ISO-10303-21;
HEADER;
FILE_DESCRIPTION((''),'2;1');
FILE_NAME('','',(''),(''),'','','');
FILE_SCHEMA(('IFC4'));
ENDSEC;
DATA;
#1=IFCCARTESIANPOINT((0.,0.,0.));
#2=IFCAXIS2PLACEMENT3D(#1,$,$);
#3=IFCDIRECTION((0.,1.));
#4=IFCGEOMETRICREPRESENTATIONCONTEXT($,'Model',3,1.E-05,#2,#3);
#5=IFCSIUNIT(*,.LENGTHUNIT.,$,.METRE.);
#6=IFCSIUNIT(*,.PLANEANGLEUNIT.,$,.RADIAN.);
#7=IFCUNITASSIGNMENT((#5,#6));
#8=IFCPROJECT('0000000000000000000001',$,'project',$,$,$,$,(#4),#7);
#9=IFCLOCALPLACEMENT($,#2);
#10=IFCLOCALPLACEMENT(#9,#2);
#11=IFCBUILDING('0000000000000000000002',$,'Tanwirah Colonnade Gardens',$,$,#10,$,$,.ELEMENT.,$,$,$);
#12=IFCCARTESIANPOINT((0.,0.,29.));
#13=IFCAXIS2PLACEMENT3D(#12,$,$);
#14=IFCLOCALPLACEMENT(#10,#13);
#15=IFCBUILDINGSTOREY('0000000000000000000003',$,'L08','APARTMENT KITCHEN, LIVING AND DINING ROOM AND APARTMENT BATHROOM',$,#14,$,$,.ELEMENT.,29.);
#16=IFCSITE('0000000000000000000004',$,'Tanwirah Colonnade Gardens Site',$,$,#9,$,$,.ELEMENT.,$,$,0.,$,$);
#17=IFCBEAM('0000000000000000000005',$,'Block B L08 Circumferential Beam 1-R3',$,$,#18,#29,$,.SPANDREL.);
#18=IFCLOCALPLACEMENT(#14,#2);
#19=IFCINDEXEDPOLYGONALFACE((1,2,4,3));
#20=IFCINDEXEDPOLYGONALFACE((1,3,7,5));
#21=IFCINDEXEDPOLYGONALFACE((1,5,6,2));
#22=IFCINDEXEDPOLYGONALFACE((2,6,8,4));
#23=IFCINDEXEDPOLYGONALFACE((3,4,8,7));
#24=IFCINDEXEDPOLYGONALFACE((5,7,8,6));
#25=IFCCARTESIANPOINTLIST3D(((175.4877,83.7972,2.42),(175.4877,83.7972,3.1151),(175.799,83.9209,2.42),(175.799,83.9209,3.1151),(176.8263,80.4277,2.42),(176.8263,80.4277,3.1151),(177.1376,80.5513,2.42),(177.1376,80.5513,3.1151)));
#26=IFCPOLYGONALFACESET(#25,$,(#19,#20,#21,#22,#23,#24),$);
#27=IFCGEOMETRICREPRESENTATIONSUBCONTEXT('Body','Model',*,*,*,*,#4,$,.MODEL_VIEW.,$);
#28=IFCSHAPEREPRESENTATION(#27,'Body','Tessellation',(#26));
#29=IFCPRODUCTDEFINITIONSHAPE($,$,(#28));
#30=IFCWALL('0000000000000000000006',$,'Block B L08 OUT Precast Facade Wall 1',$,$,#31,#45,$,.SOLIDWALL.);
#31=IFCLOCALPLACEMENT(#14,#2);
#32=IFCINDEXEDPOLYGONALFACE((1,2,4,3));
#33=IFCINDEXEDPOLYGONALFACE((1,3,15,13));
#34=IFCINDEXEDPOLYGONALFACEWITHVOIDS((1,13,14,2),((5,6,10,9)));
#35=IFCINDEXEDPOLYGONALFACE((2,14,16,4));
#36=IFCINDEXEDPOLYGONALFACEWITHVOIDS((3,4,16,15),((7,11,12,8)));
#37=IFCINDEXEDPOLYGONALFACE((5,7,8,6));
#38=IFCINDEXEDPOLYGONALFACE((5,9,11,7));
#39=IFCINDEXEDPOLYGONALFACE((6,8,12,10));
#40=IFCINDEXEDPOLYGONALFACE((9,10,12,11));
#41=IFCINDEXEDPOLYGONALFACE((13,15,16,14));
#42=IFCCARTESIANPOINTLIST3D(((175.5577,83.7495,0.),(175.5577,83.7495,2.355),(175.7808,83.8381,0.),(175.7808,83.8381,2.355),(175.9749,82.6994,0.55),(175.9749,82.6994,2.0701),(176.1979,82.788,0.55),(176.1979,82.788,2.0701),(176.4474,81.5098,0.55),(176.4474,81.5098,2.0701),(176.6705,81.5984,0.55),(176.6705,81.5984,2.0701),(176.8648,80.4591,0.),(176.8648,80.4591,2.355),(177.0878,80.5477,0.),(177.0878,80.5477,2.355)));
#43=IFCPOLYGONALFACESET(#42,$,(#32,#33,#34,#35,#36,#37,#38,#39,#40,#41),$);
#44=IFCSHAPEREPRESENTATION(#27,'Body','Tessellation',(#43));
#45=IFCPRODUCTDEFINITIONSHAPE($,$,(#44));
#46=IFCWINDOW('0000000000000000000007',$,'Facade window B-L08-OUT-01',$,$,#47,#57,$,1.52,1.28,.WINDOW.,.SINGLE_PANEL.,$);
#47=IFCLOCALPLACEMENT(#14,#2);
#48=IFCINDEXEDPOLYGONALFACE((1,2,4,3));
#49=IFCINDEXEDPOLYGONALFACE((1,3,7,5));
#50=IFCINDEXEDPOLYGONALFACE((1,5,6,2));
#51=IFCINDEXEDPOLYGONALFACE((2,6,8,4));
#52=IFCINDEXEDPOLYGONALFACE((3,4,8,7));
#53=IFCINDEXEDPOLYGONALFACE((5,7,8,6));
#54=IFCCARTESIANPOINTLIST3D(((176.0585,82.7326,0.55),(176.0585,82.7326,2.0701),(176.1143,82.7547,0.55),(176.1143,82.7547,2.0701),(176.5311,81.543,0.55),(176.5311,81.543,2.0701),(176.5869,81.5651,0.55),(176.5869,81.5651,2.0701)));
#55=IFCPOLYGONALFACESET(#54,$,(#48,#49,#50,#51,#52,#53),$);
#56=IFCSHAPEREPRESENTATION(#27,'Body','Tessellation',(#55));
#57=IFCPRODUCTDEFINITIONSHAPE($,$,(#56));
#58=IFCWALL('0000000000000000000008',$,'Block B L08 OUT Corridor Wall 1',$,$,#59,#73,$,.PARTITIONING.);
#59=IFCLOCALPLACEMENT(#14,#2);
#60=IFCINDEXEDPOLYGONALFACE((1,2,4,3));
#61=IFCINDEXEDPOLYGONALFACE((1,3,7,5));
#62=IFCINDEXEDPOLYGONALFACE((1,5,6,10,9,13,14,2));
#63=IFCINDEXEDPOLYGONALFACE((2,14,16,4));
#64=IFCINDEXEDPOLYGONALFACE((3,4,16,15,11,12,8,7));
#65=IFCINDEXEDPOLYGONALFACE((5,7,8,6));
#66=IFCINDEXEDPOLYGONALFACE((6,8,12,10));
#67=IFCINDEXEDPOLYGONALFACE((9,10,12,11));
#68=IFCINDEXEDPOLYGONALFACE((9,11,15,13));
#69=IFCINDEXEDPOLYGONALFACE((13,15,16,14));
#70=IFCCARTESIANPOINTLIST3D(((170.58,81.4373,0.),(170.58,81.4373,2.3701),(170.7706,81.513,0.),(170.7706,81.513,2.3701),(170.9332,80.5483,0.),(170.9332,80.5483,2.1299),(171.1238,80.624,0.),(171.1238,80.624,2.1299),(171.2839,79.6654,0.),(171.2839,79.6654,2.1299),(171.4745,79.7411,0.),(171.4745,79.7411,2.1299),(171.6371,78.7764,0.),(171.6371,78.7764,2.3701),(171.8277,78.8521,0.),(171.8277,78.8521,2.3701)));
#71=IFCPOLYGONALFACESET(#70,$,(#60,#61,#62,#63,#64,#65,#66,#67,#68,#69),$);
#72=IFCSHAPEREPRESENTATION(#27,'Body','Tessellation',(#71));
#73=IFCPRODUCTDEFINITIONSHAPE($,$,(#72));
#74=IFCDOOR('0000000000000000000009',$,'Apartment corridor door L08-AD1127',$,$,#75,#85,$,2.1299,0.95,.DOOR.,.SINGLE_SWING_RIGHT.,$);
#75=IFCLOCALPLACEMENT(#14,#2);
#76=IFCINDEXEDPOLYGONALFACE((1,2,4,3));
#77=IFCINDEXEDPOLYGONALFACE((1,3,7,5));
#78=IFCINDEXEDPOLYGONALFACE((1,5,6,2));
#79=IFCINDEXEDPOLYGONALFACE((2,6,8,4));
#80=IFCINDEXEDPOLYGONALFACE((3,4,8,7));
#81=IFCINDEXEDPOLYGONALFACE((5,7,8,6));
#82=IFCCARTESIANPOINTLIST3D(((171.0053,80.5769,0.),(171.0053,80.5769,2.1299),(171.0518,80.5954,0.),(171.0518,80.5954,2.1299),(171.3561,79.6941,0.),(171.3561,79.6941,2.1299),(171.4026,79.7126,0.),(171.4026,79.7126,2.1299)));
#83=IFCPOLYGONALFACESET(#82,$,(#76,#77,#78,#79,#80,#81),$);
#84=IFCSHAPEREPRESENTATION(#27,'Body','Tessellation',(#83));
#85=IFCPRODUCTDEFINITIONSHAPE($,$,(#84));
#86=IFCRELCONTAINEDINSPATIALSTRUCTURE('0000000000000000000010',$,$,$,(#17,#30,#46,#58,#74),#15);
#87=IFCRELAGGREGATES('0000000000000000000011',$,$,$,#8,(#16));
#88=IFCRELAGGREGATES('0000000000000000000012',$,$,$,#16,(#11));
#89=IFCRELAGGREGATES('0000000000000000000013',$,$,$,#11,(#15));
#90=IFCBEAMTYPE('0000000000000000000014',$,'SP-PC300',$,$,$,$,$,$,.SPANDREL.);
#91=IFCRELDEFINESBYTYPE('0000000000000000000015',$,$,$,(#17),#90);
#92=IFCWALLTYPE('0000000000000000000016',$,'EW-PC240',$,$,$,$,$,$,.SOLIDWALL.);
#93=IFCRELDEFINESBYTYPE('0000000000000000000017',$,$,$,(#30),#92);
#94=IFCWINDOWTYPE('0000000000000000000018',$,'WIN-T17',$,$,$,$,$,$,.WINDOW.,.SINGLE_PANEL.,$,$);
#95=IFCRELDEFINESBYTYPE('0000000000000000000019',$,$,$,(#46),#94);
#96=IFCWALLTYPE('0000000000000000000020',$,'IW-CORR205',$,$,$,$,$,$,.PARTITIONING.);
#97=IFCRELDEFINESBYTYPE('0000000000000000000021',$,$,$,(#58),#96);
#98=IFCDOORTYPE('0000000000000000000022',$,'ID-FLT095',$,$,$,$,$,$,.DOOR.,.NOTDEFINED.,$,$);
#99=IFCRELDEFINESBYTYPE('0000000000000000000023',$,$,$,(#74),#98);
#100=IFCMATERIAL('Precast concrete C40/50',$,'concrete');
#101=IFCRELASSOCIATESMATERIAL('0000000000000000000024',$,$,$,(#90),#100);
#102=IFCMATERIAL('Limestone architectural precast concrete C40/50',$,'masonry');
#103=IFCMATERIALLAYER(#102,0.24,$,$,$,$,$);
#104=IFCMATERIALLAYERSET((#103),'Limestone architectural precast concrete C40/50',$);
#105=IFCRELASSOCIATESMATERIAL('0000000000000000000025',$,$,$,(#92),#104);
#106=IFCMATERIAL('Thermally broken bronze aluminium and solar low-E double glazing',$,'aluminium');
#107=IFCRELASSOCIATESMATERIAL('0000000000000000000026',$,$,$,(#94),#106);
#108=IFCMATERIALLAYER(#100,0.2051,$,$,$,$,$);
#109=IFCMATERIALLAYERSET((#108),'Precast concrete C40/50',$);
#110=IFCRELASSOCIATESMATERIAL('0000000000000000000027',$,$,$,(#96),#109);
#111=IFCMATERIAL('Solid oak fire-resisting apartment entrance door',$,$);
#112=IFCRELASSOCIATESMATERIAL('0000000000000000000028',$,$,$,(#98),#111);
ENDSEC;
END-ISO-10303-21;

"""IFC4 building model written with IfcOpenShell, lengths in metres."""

from ifc_helpers import new_model, si_unit, direction, frame, frame_2d, origin, origin_2d, place, context, subcontext, project, spatial, rectangle, extrude, material, layer, layer_set, material_profile, profile_set, type_object, element, fill, save


model = new_model("IFC4")

# Units and contexts
model_context = context("Model", 3, precision=1e-05, world=origin(), true_north=direction((0.0, 1.0)))
body_context = subcontext(model_context, "Body", "Model", "MODEL_VIEW")
ifc_project = project(units=[si_unit("LENGTHUNIT", "METRE"), si_unit("PLANEANGLEUNIT", "RADIAN")], contexts=[model_context])

# Site, building, storey
site_placement = place(None, origin())
site = spatial("IfcSite", under=ifc_project, at=site_placement, Name="Tanwirah Colonnade Gardens Site", CompositionType="ELEMENT", RefElevation=0.0)
building_placement = place(site_placement, origin())
building = spatial("IfcBuilding", under=site, at=building_placement, Name="Tanwirah Colonnade Gardens", CompositionType="ELEMENT")
storey_placement = place(building_placement, frame((0.0, 0.0, 29.0)))
storey = spatial("IfcBuildingStorey", under=building, at=storey_placement, Name="L08", Description="APARTMENT KITCHEN, LIVING AND DINING ROOM AND APARTMENT BATHROOM", CompositionType="ELEMENT", Elevation=29.0)

# Shared definitions
ifc_material_1 = material(Name="Precast concrete C40/50", Category="concrete")

# Beam
ifc_material_profile_1 = material_profile(ifc_material_1, rectangle(XDim=0.335, YDim=0.6951, at=origin_2d()), Name="PC-SP 335x695")
ifc_profile_set_1 = profile_set([ifc_material_profile_1], Name="Precast concrete C40/50")
beam_type_1 = type_object("IfcBeamType", Name="SP-PC300", PredefinedType="SPANDREL", material=ifc_profile_set_1)
beam_1_placement = place(storey_placement, frame((176.9819, 80.4895, 2.7676), z_axis=(-0.369195, 0.929352, 0.0), x_axis=(-0.929352, -0.369195, 0.0)))
element("IfcBeam", 1, at=beam_1_placement, inside=storey, type_object=beam_type_1, Name="Block B L08 Circumferential Beam 1-R3", PredefinedType="SPANDREL", context=body_context, shape_type="SweptSolid", body=[
    extrude(rectangle(XDim=0.335, YDim=0.6951, at=origin_2d()), origin(), (0.0, 0.0, 1.0), 3.6257),
])

# Wall, opening, window
ifc_material_2 = material(Name="Limestone architectural precast concrete C40/50", Category="masonry")
ifc_layer_1 = layer(ifc_material_2, 0.24)
ifc_layer_set_1 = layer_set([ifc_layer_1], Name="Limestone architectural precast concrete C40/50")
wall_type_1 = type_object("IfcWallType", Name="EW-PC240", PredefinedType="SOLIDWALL", material=ifc_layer_set_1)
wall_1_placement = place(storey_placement, frame((176.9763, 80.5034, 0.0), z_axis=(0.0, 0.0, 1.0), x_axis=(-0.369178, 0.929359, 0.0)))
wall_1 = element("IfcWall", 2, at=wall_1_placement, inside=storey, type_object=wall_type_1, Name="Block B L08 OUT Precast Facade Wall 1", PredefinedType="SOLIDWALL", context=body_context, shape_type="SweptSolid", body=[
    extrude(rectangle(XDim=3.5405, YDim=0.24, at=frame_2d((1.7703, 0.0))), origin(), (0.0, 0.0, 1.0), 2.355),
])
opening_1_placement = place(wall_1_placement, frame((1.1304, 0.0, 0.55)))
opening_1 = element("IfcOpeningElement", 3, at=opening_1_placement, cuts=wall_1, PredefinedType="OPENING", context=body_context, shape_type="SweptSolid", body=[
    extrude(rectangle(XDim=1.28, YDim=1.52, at=frame_2d((0.6401, 0.76))), frame((0.0, 0.1299, 0.0), z_axis=(0.0, -1.0, 0.0), x_axis=(1.0, 0.0, 0.0)), (0.0, 0.0, 1.0), 0.26),
])
ifc_material_3 = material(Name="Thermally broken bronze aluminium and solar low-E double glazing", Category="aluminium")
window_type = type_object("IfcWindowType", Name="WIN-T17", PartitioningType="SINGLE_PANEL", PredefinedType="WINDOW", material=ifc_material_3)
window_placement = place(opening_1_placement, origin())
window = element("IfcWindow", 4, at=window_placement, inside=storey, type_object=window_type, Name="Facade window B-L08-OUT-01", OverallHeight=1.52, OverallWidth=1.28, PartitioningType="SINGLE_PANEL", PredefinedType="WINDOW", context=body_context, shape_type="SweptSolid", body=[
    extrude(rectangle(XDim=1.28, YDim=1.52, at=frame_2d((0.6401, 0.76))), frame((0.0, 0.03, 0.0), z_axis=(0.0, -1.0, 0.0), x_axis=(1.0, 0.0, 0.0)), (0.0, 0.0, 1.0), 0.0601),
])
fill(opening_1, window)

# Wall, opening, door
ifc_layer_2 = layer(ifc_material_1, 0.2051)
ifc_layer_set_2 = layer_set([ifc_layer_2], Name="Precast concrete C40/50")
wall_type_2 = type_object("IfcWallType", Name="IW-CORR205", PredefinedType="PARTITIONING", material=ifc_layer_set_2)
wall_2_placement = place(storey_placement, frame((171.7324, 78.8142, 0.0), z_axis=(0.0, 0.0, 1.0), x_axis=(-0.369214, 0.929344, 0.0)))
wall_2 = element("IfcWall", 5, at=wall_2_placement, inside=storey, type_object=wall_type_2, Name="Block B L08 OUT Corridor Wall 1", PredefinedType="PARTITIONING", context=body_context, shape_type="SweptSolid", body=[
    extrude(rectangle(XDim=2.8633, YDim=0.2051, at=frame_2d((1.4316, 0.0))), origin(), (0.0, 0.0, 1.0), 2.3701),
])
opening_2_placement = place(wall_2_placement, frame((0.9565, 0.0, 0.0)))
opening_2 = element("IfcOpeningElement", 6, at=opening_2_placement, cuts=wall_2, PredefinedType="OPENING", context=body_context, shape_type="SweptSolid", body=[
    extrude(rectangle(XDim=0.95, YDim=2.1299, at=frame_2d((0.4751, 1.0649))), frame((0.0, 0.1125, 0.0), z_axis=(0.0, -1.0, 0.0), x_axis=(1.0, 0.0, 0.0)), (0.0, 0.0, 1.0), 0.2251),
])
ifc_material_4 = material(Name="Solid oak fire-resisting apartment entrance door")
door_type_1 = type_object("IfcDoorType", Name="ID-FLT095", OperationType="NOTDEFINED", PredefinedType="DOOR", material=ifc_material_4)
door_1_placement = place(opening_2_placement, origin())
door_1 = element("IfcDoor", 7, at=door_1_placement, inside=storey, type_object=door_type_1, Name="Apartment corridor door L08-AD1127", OperationType="SINGLE_SWING_RIGHT", OverallHeight=2.1299, OverallWidth=0.95, PredefinedType="DOOR", context=body_context, shape_type="SweptSolid", body=[
    extrude(rectangle(XDim=0.95, YDim=2.1299, at=frame_2d((0.4751, 1.0649))), frame((0.0, 0.0249, 0.0), z_axis=(0.0, -1.0, 0.0), x_axis=(1.0, 0.0, 0.0)), (0.0, 0.0, 1.0), 0.05),
])
fill(opening_2, door_1)

save(model, "model.ifc")
